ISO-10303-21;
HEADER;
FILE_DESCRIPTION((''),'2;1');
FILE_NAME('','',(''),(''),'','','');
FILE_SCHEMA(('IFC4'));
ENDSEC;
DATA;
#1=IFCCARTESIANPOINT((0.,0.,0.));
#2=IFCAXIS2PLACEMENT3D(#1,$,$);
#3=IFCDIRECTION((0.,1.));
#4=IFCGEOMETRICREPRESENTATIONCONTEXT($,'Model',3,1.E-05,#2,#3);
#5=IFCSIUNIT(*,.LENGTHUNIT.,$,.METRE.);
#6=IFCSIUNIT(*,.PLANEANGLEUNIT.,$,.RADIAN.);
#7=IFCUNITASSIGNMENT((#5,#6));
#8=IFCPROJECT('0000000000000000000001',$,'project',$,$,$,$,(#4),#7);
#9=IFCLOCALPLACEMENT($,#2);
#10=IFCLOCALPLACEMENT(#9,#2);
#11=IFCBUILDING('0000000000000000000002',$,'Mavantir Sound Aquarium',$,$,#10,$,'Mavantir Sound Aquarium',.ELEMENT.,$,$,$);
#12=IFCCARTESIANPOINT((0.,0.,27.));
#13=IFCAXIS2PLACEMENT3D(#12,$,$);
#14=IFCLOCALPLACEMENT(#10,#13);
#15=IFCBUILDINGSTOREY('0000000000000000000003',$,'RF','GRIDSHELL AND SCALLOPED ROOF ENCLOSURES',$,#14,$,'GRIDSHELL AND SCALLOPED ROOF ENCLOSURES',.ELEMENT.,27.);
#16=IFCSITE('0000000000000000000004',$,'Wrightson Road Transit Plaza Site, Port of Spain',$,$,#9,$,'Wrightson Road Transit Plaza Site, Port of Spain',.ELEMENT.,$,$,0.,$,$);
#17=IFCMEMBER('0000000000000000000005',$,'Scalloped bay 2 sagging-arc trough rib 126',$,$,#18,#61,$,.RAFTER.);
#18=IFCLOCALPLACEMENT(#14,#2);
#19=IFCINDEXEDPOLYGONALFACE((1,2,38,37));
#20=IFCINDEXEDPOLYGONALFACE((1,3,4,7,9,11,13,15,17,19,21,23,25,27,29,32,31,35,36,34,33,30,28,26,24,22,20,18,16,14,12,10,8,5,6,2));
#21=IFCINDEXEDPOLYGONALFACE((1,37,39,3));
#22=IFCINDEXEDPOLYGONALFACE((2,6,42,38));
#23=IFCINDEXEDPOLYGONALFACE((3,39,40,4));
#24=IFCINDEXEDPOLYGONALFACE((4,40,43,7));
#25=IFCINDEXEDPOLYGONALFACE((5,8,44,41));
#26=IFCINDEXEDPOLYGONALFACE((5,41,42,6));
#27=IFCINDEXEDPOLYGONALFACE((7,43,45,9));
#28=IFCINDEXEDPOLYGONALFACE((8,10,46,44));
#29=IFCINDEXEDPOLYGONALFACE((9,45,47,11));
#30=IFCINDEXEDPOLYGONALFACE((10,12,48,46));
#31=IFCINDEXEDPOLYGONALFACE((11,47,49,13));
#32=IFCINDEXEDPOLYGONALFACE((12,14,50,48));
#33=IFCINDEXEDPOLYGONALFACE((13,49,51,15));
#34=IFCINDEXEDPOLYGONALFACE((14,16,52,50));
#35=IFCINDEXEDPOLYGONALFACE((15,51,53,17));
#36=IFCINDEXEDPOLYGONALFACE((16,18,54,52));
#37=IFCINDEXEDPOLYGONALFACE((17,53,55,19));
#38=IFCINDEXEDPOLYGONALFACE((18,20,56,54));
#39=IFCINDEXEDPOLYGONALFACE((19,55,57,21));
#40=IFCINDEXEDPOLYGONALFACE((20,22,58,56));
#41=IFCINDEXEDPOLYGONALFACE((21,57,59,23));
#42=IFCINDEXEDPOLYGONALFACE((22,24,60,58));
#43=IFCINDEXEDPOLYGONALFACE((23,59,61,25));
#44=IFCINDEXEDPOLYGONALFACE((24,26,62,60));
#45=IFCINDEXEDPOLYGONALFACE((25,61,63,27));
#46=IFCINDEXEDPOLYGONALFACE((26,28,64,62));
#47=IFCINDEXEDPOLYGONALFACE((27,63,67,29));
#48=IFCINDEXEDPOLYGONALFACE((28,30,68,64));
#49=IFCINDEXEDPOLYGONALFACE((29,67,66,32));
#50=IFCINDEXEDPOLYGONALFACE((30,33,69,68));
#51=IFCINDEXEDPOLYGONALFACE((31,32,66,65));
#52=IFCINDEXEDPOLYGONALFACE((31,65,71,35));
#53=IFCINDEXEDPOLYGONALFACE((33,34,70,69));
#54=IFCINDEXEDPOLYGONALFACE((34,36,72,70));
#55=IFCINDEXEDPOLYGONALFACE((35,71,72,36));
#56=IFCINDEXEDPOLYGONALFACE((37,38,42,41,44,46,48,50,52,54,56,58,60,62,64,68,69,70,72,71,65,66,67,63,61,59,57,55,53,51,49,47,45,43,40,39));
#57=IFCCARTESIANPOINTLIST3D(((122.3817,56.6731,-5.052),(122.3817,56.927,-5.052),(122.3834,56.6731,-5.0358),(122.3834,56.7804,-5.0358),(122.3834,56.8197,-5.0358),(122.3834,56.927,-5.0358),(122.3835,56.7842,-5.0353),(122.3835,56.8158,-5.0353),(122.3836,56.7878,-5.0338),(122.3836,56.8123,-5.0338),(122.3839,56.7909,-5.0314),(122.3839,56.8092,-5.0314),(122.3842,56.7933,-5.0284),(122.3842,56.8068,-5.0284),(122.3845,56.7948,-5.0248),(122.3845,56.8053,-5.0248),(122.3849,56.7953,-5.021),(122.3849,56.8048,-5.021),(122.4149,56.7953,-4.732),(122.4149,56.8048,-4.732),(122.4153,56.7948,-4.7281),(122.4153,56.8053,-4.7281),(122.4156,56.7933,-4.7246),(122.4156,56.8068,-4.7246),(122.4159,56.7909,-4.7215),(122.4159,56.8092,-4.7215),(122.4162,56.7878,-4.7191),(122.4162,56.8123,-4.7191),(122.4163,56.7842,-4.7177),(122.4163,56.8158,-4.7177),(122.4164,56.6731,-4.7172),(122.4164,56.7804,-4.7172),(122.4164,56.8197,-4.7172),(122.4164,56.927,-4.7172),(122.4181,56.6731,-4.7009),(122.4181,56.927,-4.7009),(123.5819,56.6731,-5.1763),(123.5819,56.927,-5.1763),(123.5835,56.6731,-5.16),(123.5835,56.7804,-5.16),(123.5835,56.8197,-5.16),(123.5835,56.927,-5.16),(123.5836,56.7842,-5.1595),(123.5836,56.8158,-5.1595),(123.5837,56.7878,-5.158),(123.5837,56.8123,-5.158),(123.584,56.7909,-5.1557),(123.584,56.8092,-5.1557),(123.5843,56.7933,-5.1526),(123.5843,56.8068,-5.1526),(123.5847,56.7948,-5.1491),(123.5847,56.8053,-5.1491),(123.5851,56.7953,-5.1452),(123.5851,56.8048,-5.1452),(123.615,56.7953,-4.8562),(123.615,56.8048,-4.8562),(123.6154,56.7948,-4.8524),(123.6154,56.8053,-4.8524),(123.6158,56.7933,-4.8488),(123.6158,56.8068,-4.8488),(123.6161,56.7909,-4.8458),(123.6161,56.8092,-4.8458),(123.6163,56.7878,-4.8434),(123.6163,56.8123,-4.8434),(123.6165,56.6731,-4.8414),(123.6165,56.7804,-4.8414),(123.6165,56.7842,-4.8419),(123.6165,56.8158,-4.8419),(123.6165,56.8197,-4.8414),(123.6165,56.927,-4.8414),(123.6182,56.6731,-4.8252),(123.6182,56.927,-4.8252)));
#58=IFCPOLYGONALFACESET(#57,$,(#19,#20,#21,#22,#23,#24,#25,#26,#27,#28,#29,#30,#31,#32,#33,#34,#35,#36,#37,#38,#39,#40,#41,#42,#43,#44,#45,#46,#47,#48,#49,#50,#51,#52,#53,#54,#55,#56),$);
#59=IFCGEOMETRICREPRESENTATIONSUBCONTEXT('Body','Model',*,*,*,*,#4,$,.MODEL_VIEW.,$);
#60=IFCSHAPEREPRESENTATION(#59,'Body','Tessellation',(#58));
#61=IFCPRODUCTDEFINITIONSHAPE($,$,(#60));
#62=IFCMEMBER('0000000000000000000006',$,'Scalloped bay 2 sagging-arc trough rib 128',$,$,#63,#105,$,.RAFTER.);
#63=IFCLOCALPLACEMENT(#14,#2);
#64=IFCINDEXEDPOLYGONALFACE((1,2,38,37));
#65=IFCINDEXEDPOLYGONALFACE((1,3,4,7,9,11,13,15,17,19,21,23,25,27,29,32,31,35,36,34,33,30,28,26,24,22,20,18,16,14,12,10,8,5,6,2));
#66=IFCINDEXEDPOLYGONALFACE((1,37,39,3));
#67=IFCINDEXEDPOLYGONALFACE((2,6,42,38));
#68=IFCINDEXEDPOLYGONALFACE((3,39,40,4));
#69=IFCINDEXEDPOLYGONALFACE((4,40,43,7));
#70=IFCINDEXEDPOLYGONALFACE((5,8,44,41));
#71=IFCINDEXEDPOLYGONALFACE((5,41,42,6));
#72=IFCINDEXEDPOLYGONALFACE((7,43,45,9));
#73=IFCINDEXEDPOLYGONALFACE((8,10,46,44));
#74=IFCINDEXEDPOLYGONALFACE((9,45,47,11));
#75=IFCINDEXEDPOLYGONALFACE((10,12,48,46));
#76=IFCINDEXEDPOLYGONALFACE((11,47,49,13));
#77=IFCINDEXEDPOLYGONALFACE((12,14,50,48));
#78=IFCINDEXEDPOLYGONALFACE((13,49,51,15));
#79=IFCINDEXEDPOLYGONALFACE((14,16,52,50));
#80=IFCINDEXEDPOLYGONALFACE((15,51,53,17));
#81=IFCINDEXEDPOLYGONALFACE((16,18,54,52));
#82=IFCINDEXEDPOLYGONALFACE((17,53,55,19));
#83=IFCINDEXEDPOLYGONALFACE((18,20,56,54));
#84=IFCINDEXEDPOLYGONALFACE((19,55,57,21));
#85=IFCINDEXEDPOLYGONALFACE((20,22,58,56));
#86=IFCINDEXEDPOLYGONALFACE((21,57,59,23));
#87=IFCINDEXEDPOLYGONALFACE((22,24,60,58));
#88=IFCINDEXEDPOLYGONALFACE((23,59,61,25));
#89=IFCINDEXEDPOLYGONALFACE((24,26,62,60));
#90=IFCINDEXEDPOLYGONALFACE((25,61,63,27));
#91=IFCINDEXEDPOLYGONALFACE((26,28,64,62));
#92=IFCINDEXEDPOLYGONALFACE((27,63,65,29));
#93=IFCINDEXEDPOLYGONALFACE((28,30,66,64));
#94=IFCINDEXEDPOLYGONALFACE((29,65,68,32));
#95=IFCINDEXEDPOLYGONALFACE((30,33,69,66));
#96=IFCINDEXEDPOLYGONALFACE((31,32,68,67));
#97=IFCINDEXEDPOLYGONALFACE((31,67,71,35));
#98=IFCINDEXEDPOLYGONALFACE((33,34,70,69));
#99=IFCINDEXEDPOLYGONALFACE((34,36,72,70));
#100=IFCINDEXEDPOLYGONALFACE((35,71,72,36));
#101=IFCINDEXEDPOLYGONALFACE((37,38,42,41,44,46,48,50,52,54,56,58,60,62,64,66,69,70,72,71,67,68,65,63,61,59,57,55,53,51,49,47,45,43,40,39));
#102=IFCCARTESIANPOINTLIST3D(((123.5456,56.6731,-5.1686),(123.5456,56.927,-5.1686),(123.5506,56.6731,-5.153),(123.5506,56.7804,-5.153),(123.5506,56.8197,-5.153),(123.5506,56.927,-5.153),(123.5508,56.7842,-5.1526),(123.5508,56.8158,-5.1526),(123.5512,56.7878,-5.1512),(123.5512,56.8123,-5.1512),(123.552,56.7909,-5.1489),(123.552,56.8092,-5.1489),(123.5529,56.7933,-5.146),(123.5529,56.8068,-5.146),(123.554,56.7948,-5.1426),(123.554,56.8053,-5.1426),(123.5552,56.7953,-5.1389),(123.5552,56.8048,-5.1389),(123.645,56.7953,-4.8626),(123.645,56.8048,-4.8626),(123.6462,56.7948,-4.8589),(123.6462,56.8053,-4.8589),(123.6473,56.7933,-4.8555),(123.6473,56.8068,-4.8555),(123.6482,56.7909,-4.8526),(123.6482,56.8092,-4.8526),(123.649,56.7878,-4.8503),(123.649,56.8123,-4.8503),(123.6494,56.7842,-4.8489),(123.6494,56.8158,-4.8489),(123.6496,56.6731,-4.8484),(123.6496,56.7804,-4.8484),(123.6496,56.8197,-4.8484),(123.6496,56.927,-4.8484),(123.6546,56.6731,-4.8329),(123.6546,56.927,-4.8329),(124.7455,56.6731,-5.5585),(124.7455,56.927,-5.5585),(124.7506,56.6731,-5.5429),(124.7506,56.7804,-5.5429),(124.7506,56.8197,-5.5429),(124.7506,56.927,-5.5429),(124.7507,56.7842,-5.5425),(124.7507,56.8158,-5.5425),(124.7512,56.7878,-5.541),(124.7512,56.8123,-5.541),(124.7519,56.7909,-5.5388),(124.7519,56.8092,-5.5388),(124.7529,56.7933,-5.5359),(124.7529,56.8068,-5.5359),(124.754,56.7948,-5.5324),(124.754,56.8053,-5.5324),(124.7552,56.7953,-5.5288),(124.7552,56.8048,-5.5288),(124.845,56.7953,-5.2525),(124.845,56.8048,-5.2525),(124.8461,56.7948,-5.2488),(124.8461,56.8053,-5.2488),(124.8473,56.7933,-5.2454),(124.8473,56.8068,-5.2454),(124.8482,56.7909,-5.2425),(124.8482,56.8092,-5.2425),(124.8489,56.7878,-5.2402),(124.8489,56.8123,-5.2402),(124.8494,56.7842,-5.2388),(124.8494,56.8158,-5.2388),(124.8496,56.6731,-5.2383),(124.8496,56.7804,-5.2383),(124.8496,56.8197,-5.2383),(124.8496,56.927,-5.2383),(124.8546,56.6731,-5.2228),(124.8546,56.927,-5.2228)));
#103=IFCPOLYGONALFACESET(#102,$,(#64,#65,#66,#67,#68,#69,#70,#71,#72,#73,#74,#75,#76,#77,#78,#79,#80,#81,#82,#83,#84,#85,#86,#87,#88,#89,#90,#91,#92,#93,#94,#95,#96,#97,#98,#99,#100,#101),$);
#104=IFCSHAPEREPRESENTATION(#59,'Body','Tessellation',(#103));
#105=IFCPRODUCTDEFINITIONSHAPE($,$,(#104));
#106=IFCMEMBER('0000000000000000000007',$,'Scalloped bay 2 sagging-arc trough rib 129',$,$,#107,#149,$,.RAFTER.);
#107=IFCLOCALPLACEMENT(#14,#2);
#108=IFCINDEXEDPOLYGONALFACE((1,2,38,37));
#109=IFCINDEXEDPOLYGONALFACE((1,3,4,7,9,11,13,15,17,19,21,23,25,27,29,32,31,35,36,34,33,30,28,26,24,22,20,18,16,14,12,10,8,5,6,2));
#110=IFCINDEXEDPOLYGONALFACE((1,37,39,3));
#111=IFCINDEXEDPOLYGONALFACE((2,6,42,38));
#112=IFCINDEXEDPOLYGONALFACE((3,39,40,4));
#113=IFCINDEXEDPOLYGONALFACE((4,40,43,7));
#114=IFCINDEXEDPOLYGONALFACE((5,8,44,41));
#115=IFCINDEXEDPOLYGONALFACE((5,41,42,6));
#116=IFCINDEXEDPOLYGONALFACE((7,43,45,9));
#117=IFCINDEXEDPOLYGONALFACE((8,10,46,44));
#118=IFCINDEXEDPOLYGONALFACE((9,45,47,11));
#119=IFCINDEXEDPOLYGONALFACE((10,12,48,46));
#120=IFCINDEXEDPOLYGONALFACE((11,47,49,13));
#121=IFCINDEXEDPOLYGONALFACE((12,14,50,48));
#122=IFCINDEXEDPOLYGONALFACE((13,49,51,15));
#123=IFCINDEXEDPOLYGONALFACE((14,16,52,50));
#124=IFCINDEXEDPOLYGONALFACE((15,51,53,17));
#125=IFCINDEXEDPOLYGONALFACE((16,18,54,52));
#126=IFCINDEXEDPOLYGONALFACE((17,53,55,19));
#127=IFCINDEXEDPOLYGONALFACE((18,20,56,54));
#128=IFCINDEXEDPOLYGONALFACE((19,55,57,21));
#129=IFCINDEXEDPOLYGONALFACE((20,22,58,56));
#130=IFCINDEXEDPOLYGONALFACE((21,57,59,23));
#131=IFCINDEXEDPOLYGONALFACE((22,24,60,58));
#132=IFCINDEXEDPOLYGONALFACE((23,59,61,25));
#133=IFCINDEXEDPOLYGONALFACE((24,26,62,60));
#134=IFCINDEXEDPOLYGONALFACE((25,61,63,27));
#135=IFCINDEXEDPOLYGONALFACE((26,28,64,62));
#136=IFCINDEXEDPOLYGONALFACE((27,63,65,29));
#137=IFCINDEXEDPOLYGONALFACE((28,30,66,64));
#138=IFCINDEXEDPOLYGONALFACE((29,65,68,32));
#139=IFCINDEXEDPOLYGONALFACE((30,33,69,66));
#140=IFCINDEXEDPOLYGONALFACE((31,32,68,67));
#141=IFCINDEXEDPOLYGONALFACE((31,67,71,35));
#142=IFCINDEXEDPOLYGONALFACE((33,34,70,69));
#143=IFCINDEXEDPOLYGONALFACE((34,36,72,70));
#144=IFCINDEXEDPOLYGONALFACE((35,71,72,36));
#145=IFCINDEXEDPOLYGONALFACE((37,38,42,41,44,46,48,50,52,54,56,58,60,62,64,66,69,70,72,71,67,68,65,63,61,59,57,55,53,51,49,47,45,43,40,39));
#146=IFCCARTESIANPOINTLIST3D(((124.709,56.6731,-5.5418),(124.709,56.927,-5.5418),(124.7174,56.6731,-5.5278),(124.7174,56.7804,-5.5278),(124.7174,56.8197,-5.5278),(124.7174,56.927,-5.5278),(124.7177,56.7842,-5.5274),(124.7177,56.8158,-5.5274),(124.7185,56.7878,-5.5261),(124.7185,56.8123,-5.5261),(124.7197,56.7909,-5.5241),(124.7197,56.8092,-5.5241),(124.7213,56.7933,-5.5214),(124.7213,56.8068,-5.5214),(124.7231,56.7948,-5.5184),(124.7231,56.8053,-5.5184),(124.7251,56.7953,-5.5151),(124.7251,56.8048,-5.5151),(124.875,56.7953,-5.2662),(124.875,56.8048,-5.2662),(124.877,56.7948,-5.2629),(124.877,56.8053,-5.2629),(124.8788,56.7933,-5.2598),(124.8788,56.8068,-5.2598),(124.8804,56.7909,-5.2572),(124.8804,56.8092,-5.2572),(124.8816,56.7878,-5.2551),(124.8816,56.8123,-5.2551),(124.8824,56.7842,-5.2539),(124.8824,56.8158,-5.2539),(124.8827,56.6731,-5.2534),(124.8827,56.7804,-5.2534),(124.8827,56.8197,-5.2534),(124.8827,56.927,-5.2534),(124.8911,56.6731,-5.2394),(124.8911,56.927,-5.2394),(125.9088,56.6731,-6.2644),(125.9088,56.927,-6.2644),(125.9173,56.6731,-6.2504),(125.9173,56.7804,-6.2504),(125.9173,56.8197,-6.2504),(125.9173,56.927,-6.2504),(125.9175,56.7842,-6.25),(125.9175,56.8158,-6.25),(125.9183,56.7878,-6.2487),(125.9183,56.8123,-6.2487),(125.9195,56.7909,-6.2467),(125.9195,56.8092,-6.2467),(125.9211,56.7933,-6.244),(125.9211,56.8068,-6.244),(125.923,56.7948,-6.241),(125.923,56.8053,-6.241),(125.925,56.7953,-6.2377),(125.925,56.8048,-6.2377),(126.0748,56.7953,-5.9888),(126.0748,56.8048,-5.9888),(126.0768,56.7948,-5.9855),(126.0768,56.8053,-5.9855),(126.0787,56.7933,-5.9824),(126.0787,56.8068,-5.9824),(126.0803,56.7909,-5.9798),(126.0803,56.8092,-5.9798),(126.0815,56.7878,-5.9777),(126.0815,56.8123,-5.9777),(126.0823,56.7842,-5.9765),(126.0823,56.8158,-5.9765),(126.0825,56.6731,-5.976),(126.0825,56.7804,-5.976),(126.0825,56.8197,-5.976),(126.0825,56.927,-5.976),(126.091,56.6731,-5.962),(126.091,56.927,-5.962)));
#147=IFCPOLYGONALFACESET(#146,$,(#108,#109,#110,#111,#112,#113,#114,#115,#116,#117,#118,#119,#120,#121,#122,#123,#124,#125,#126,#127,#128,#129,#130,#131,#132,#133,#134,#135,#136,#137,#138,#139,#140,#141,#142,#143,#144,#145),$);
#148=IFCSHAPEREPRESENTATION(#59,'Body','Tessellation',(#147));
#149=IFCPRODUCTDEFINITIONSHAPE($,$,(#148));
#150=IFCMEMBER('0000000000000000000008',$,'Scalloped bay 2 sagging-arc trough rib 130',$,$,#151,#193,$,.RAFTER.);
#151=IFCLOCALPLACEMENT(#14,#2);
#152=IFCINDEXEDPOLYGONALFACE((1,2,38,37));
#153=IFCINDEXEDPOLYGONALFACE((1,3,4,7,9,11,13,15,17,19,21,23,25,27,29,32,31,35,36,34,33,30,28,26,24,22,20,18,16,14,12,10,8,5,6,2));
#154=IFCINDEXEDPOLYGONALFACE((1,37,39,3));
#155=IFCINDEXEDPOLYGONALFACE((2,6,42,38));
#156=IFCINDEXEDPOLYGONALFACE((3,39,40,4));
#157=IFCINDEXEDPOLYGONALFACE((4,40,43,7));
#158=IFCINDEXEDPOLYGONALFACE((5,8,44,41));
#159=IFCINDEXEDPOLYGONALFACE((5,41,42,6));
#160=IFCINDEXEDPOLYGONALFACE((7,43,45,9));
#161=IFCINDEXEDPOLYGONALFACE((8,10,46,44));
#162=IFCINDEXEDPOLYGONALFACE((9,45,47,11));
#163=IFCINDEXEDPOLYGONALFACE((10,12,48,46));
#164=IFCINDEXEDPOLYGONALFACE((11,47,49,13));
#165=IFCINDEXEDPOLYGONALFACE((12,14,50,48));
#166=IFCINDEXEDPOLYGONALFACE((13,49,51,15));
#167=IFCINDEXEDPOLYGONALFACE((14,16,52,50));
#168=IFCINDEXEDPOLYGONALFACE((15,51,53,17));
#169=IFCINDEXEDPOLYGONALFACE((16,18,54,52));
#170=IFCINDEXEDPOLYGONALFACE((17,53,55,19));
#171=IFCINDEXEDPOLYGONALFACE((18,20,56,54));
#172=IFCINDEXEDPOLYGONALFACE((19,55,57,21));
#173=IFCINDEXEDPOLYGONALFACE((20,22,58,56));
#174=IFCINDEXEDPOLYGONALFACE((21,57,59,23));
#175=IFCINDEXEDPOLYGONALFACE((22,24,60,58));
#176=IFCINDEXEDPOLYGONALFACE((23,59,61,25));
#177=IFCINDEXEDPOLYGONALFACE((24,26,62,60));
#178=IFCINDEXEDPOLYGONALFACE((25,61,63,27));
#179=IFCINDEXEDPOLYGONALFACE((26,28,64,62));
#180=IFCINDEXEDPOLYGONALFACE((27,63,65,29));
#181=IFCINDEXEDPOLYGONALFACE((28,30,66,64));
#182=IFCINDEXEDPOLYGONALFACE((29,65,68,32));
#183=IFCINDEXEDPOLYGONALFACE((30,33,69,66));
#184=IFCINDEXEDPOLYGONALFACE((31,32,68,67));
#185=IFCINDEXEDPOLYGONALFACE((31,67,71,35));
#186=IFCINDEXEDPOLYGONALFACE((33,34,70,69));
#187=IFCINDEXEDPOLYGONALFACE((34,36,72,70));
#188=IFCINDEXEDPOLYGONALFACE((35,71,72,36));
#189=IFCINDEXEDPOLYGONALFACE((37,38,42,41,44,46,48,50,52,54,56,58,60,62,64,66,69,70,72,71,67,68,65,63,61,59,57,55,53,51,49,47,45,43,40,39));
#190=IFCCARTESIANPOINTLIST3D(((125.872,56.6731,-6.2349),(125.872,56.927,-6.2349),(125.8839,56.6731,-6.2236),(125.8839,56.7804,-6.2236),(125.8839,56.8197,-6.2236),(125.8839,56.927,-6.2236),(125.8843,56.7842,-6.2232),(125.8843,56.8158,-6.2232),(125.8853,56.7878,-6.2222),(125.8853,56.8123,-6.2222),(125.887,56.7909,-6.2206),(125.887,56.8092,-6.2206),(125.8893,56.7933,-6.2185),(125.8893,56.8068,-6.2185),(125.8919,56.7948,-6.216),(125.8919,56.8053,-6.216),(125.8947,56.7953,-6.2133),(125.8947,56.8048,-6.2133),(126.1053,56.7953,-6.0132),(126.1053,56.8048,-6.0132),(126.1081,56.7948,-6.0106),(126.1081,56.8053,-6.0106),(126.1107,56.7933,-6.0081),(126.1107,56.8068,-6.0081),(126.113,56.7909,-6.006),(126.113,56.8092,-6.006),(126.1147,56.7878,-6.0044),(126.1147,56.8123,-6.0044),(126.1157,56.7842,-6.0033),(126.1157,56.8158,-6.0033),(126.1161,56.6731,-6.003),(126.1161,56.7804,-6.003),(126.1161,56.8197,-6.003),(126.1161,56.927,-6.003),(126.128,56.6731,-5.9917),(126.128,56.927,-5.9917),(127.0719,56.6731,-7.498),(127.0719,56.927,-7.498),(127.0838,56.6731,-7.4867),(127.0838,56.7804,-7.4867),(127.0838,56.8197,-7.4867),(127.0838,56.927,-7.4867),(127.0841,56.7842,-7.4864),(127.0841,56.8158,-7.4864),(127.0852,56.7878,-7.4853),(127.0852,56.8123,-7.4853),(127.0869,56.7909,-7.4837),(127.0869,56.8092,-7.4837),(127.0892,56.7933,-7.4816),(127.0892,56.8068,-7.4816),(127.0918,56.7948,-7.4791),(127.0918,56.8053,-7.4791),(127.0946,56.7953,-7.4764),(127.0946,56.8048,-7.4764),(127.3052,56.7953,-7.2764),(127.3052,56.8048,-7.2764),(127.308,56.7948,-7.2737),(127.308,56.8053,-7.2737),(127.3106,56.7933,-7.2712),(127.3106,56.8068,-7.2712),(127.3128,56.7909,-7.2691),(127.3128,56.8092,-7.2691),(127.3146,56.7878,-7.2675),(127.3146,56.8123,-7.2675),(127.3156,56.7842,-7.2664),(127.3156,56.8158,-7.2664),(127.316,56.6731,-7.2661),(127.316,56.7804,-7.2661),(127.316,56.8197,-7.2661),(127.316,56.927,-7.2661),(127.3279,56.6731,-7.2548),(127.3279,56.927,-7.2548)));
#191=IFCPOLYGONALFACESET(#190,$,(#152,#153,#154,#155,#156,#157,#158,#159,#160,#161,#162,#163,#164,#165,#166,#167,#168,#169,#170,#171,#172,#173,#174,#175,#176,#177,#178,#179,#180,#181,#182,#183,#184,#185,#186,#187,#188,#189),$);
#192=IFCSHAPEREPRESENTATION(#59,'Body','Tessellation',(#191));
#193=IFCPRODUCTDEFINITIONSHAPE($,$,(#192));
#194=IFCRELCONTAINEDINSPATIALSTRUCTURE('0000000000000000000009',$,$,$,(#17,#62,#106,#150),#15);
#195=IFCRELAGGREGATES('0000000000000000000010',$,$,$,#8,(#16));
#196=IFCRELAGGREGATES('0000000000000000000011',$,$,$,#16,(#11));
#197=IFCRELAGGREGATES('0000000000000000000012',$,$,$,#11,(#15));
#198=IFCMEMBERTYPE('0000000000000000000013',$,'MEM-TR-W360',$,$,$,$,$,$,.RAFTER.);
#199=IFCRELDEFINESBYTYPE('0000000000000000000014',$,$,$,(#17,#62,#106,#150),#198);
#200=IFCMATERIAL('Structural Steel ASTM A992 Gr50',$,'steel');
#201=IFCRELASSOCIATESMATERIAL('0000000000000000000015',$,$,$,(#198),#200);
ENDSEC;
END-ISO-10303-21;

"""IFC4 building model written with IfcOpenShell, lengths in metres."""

from ifc_helpers import new_model, si_unit, direction, frame, origin, origin_2d, place, context, subcontext, project, spatial, i_section, extrude, material, material_profile, profile_set, type_object, element, save


model = new_model("IFC4")

# Units and contexts
model_context = context("Model", 3, precision=1e-05, world=origin(), true_north=direction((0.0, 1.0)))
body_context = subcontext(model_context, "Body", "Model", "MODEL_VIEW")
ifc_project = project(units=[si_unit("LENGTHUNIT", "METRE"), si_unit("PLANEANGLEUNIT", "RADIAN")], contexts=[model_context])

# Site, building, storey
site_placement = place(None, origin())
site = spatial("IfcSite", under=ifc_project, at=site_placement, Name="Wrightson Road Transit Plaza Site, Port of Spain", LongName="Wrightson Road Transit Plaza Site, Port of Spain", CompositionType="ELEMENT", RefElevation=0.0)
building_placement = place(site_placement, origin())
building = spatial("IfcBuilding", under=site, at=building_placement, Name="Mavantir Sound Aquarium", LongName="Mavantir Sound Aquarium", CompositionType="ELEMENT")
storey_placement = place(building_placement, frame((0.0, 0.0, 27.0)))
storey = spatial("IfcBuildingStorey", under=building, at=storey_placement, Name="RF", Description="GRIDSHELL AND SCALLOPED ROOF ENCLOSURES", LongName="GRIDSHELL AND SCALLOPED ROOF ENCLOSURES", CompositionType="ELEMENT", Elevation=27.0)

# Shared definitions
ifc_material_1 = material(Name="Structural Steel ASTM A992 Gr50", Category="steel")

# Members
ifc_material_profile_1 = material_profile(ifc_material_1, i_section(OverallWidth=0.2539, OverallDepth=0.353, WebThickness=0.0095, FlangeThickness=0.0164, FilletRadius=0.0149, at=origin_2d()), Name="W360X91")
ifc_profile_set_1 = profile_set([ifc_material_profile_1], Name="Structural Steel ASTM A992 Gr50")
member_type_1 = type_object("IfcMemberType", Name="MEM-TR-W360", PredefinedType="RAFTER", material=ifc_profile_set_1)
member_1_placement = place(storey_placement, frame((122.3999, 56.8, -4.8765), z_axis=(0.994683, 0.0, -0.102989), x_axis=(0.0, 1.0, 0.0)))
element("IfcMember", 1, at=member_1_placement, inside=storey, type_object=member_type_1, Name="Scalloped bay 2 sagging-arc trough rib 126", PredefinedType="RAFTER", context=body_context, shape_type="SweptSolid", body=[
    extrude(i_section(OverallWidth=0.2539, OverallDepth=0.353, WebThickness=0.0095, FlangeThickness=0.0164, FilletRadius=0.0149, at=origin_2d()), origin(), (0.0, 0.0, 1.0), 1.2065),
])
member_2_placement = place(storey_placement, frame((123.6001, 56.8, -5.0007), z_axis=(0.951055, 0.0, -0.30902), x_axis=(0.0, 1.0, 0.0)))
element("IfcMember", 2, at=member_2_placement, inside=storey, type_object=member_type_1, Name="Scalloped bay 2 sagging-arc trough rib 128", PredefinedType="RAFTER", context=body_context, shape_type="SweptSolid", body=[
    extrude(i_section(OverallWidth=0.2539, OverallDepth=0.353, WebThickness=0.0095, FlangeThickness=0.0164, FilletRadius=0.0149, at=origin_2d()), origin(), (0.0, 0.0, 1.0), 1.2617),
])
member_3_placement = place(storey_placement, frame((124.8, 56.8, -5.3906), z_axis=(0.856646, 0.0, -0.515905), x_axis=(0.0, 1.0, 0.0)))
element("IfcMember", 3, at=member_3_placement, inside=storey, type_object=member_type_1, Name="Scalloped bay 2 sagging-arc trough rib 129", PredefinedType="RAFTER", context=body_context, shape_type="SweptSolid", body=[
    extrude(i_section(OverallWidth=0.2539, OverallDepth=0.353, WebThickness=0.0095, FlangeThickness=0.0164, FilletRadius=0.0149, at=origin_2d()), origin(), (0.0, 0.0, 1.0), 1.4006),
])
member_4_placement = place(storey_placement, frame((126.0, 56.8, -6.1133), z_axis=(0.688727, 0.0, -0.72502), x_axis=(0.0, 1.0, 0.0)))
element("IfcMember", 4, at=member_4_placement, inside=storey, type_object=member_type_1, Name="Scalloped bay 2 sagging-arc trough rib 130", PredefinedType="RAFTER", context=body_context, shape_type="SweptSolid", body=[
    extrude(i_section(OverallWidth=0.2539, OverallDepth=0.353, WebThickness=0.0095, FlangeThickness=0.0164, FilletRadius=0.0149, at=origin_2d()), origin(), (0.0, 0.0, 1.0), 1.7422),
])

save(model, "model.ifc")
